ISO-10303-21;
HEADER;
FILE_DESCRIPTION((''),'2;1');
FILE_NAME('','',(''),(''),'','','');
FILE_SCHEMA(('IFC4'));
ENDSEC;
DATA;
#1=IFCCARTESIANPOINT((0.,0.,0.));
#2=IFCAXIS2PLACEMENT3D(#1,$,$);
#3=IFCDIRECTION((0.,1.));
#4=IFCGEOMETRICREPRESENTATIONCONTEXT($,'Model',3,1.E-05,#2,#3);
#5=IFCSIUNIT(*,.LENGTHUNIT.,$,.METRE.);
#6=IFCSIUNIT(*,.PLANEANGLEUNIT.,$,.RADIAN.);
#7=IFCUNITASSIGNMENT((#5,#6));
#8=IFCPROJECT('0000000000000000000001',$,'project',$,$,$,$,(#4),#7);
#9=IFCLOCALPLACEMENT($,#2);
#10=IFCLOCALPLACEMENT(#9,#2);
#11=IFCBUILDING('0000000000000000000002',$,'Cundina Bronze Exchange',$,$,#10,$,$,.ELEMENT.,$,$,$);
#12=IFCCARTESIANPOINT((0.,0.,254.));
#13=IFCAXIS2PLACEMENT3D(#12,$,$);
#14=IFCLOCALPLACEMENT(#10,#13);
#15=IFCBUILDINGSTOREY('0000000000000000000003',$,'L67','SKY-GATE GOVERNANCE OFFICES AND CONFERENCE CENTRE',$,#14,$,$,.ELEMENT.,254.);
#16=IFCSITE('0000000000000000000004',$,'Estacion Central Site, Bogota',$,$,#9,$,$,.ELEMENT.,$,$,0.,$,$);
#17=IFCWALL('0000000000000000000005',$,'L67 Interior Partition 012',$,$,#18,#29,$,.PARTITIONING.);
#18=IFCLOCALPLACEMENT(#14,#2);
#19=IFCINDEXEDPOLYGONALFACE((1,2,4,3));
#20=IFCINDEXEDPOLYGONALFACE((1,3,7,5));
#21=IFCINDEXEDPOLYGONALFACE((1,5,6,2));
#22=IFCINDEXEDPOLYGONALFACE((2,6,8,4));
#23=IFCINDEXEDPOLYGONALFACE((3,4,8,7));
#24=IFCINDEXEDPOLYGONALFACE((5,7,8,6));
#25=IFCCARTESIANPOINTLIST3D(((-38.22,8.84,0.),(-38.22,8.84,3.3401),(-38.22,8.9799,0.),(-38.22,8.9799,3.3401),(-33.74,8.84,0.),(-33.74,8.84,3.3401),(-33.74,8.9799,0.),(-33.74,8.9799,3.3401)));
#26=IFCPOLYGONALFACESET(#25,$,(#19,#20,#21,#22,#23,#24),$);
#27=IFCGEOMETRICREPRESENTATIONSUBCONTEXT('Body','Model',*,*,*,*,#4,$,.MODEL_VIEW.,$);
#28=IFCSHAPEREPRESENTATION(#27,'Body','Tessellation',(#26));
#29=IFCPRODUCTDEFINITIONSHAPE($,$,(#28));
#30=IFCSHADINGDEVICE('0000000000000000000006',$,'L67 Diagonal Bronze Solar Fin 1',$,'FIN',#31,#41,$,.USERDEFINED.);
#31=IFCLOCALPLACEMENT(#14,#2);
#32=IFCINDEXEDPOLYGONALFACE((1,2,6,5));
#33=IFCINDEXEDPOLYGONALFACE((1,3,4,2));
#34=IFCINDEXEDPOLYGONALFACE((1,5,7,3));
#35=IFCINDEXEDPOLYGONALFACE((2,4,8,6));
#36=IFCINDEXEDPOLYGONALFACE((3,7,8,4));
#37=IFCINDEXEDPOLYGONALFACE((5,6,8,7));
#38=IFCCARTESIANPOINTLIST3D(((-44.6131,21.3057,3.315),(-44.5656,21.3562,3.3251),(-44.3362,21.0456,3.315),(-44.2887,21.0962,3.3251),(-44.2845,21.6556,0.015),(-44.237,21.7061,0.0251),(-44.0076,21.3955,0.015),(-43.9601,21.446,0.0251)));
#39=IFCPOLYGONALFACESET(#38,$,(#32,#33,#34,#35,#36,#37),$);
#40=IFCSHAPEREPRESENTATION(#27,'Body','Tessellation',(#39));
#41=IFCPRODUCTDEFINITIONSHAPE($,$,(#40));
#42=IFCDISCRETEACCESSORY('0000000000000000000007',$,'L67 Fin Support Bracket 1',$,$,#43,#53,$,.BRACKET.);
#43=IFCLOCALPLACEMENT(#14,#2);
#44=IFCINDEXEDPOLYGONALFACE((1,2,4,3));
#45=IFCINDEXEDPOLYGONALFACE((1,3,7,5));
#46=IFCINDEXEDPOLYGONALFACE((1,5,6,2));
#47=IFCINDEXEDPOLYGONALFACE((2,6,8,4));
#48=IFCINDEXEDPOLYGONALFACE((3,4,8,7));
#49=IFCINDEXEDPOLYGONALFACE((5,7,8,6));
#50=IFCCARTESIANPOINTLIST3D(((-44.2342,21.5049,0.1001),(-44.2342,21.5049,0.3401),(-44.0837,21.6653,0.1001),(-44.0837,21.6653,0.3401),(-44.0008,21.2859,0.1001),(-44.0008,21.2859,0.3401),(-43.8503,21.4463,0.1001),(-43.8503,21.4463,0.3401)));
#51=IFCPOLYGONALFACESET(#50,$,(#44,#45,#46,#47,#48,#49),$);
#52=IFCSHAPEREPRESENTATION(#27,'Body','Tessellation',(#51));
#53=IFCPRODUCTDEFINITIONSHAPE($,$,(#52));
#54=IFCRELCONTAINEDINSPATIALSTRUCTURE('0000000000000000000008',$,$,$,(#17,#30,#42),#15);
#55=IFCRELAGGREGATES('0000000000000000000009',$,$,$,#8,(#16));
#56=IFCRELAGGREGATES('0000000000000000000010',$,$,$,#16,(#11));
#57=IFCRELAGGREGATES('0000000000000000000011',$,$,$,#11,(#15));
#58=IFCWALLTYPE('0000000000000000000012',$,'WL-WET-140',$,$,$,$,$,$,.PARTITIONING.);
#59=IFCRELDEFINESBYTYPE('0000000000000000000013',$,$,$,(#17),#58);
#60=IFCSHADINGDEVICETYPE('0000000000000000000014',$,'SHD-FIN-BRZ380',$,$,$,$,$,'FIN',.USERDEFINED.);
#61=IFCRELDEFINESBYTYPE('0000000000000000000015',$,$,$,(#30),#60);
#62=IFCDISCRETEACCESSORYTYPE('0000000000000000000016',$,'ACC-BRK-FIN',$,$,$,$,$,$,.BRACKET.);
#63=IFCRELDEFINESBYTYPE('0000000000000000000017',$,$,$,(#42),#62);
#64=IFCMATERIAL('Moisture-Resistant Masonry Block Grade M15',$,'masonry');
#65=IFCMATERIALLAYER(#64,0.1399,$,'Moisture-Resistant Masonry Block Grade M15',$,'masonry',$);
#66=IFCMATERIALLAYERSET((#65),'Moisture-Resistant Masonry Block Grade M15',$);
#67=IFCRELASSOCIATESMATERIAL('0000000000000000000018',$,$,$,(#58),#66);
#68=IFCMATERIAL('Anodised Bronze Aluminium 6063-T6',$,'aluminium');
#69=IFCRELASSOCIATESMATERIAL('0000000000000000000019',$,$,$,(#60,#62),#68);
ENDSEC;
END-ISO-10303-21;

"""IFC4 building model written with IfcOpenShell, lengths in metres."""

from ifc_helpers import new_model, si_unit, direction, frame, frame_2d, origin, origin_2d, place, context, subcontext, project, spatial, rectangle, extrude, material, layer, layer_set, material_profile, profile_set, type_object, element, save


model = new_model("IFC4")

# Units and contexts
model_context = context("Model", 3, precision=1e-05, world=origin(), true_north=direction((0.0, 1.0)))
body_context = subcontext(model_context, "Body", "Model", "MODEL_VIEW")
ifc_project = project(units=[si_unit("LENGTHUNIT", "METRE"), si_unit("PLANEANGLEUNIT", "RADIAN")], contexts=[model_context])

# Site, building, storey
site_placement = place(None, origin())
site = spatial("IfcSite", under=ifc_project, at=site_placement, Name="Estacion Central Site, Bogota", CompositionType="ELEMENT", RefElevation=0.0)
building_placement = place(site_placement, origin())
building = spatial("IfcBuilding", under=site, at=building_placement, Name="Cundina Bronze Exchange", CompositionType="ELEMENT")
storey_placement = place(building_placement, frame((0.0, 0.0, 254.0)))
storey = spatial("IfcBuildingStorey", under=building, at=storey_placement, Name="L67", Description="SKY-GATE GOVERNANCE OFFICES AND CONFERENCE CENTRE", CompositionType="ELEMENT", Elevation=254.0)

# Shared definitions
ifc_material_1 = material(Name="Anodised Bronze Aluminium 6063-T6", Category="aluminium")

# Wall
ifc_material_2 = material(Name="Moisture-Resistant Masonry Block Grade M15", Category="masonry")
ifc_layer_1 = layer(ifc_material_2, 0.1399, Name="Moisture-Resistant Masonry Block Grade M15", Category="masonry")
ifc_layer_set_1 = layer_set([ifc_layer_1], Name="Moisture-Resistant Masonry Block Grade M15")
wall_type_1 = type_object("IfcWallType", Name="WL-WET-140", PredefinedType="PARTITIONING", material=ifc_layer_set_1)
for number, where, z_axis, x_axis, name in (
    (1, (-38.22, 8.9099, 0.0), (0.0, 0.0, 1.0), (1.0, 0.0, 0.0), "L67 Interior Partition 012"),
):
    element("IfcWall", number, at=place(storey_placement, frame(where, z_axis=z_axis, x_axis=x_axis)), inside=storey, type_object=wall_type_1, Name=name, PredefinedType="PARTITIONING", context=body_context, shape_type="SweptSolid", body=[
        extrude(rectangle(XDim=4.48, YDim=0.1399, at=frame_2d((2.24, 0.0))), origin(), (0.0, 0.0, 1.0), 3.3401),
    ])

# Shading device
ifc_material_profile_1 = material_profile(ifc_material_1, rectangle(XDim=0.0701, YDim=0.3799, at=origin_2d()), Name="FIN70X380", Category="aluminium")
ifc_profile_set_1 = profile_set([ifc_material_profile_1], Name="Anodised Bronze Aluminium 6063-T6")
shading_device_type = type_object("IfcShadingDeviceType", Name="SHD-FIN-BRZ380", ElementType="FIN", PredefinedType="USERDEFINED", material=ifc_profile_set_1)
shading_device_placement = place(storey_placement, frame((-44.1223, 21.5508, 0.02), z_axis=(-0.098541, -0.104911, 0.989587), x_axis=(0.677506, 0.721297, 0.143933)))
element("IfcShadingDevice", 2, at=shading_device_placement, inside=storey, type_object=shading_device_type, Name="L67 Diagonal Bronze Solar Fin 1", ObjectType="FIN", PredefinedType="USERDEFINED", context=body_context, shape_type="SweptSolid", body=[
    extrude(rectangle(XDim=0.0701, YDim=0.3799, at=origin_2d()), origin(), (0.0, 0.0, 1.0), 3.3347),
])

# Discrete accessory
discrete_accessory_type = type_object("IfcDiscreteAccessoryType", Name="ACC-BRK-FIN", PredefinedType="BRACKET", material=ifc_material_1)
discrete_accessory_placement = place(storey_placement, frame((-44.0422, 21.4756, 0.1001), z_axis=(0.0, 0.0, 1.0), x_axis=(-0.684344, -0.72916, 0.0)))
element("IfcDiscreteAccessory", 3, at=discrete_accessory_placement, inside=storey, type_object=discrete_accessory_type, Name="L67 Fin Support Bracket 1", PredefinedType="BRACKET", context=body_context, shape_type="SweptSolid", body=[
    extrude(rectangle(XDim=0.22, YDim=0.3201, at=origin_2d()), origin(), (0.0, 0.0, 1.0), 0.24),
])

save(model, "model.ifc")
